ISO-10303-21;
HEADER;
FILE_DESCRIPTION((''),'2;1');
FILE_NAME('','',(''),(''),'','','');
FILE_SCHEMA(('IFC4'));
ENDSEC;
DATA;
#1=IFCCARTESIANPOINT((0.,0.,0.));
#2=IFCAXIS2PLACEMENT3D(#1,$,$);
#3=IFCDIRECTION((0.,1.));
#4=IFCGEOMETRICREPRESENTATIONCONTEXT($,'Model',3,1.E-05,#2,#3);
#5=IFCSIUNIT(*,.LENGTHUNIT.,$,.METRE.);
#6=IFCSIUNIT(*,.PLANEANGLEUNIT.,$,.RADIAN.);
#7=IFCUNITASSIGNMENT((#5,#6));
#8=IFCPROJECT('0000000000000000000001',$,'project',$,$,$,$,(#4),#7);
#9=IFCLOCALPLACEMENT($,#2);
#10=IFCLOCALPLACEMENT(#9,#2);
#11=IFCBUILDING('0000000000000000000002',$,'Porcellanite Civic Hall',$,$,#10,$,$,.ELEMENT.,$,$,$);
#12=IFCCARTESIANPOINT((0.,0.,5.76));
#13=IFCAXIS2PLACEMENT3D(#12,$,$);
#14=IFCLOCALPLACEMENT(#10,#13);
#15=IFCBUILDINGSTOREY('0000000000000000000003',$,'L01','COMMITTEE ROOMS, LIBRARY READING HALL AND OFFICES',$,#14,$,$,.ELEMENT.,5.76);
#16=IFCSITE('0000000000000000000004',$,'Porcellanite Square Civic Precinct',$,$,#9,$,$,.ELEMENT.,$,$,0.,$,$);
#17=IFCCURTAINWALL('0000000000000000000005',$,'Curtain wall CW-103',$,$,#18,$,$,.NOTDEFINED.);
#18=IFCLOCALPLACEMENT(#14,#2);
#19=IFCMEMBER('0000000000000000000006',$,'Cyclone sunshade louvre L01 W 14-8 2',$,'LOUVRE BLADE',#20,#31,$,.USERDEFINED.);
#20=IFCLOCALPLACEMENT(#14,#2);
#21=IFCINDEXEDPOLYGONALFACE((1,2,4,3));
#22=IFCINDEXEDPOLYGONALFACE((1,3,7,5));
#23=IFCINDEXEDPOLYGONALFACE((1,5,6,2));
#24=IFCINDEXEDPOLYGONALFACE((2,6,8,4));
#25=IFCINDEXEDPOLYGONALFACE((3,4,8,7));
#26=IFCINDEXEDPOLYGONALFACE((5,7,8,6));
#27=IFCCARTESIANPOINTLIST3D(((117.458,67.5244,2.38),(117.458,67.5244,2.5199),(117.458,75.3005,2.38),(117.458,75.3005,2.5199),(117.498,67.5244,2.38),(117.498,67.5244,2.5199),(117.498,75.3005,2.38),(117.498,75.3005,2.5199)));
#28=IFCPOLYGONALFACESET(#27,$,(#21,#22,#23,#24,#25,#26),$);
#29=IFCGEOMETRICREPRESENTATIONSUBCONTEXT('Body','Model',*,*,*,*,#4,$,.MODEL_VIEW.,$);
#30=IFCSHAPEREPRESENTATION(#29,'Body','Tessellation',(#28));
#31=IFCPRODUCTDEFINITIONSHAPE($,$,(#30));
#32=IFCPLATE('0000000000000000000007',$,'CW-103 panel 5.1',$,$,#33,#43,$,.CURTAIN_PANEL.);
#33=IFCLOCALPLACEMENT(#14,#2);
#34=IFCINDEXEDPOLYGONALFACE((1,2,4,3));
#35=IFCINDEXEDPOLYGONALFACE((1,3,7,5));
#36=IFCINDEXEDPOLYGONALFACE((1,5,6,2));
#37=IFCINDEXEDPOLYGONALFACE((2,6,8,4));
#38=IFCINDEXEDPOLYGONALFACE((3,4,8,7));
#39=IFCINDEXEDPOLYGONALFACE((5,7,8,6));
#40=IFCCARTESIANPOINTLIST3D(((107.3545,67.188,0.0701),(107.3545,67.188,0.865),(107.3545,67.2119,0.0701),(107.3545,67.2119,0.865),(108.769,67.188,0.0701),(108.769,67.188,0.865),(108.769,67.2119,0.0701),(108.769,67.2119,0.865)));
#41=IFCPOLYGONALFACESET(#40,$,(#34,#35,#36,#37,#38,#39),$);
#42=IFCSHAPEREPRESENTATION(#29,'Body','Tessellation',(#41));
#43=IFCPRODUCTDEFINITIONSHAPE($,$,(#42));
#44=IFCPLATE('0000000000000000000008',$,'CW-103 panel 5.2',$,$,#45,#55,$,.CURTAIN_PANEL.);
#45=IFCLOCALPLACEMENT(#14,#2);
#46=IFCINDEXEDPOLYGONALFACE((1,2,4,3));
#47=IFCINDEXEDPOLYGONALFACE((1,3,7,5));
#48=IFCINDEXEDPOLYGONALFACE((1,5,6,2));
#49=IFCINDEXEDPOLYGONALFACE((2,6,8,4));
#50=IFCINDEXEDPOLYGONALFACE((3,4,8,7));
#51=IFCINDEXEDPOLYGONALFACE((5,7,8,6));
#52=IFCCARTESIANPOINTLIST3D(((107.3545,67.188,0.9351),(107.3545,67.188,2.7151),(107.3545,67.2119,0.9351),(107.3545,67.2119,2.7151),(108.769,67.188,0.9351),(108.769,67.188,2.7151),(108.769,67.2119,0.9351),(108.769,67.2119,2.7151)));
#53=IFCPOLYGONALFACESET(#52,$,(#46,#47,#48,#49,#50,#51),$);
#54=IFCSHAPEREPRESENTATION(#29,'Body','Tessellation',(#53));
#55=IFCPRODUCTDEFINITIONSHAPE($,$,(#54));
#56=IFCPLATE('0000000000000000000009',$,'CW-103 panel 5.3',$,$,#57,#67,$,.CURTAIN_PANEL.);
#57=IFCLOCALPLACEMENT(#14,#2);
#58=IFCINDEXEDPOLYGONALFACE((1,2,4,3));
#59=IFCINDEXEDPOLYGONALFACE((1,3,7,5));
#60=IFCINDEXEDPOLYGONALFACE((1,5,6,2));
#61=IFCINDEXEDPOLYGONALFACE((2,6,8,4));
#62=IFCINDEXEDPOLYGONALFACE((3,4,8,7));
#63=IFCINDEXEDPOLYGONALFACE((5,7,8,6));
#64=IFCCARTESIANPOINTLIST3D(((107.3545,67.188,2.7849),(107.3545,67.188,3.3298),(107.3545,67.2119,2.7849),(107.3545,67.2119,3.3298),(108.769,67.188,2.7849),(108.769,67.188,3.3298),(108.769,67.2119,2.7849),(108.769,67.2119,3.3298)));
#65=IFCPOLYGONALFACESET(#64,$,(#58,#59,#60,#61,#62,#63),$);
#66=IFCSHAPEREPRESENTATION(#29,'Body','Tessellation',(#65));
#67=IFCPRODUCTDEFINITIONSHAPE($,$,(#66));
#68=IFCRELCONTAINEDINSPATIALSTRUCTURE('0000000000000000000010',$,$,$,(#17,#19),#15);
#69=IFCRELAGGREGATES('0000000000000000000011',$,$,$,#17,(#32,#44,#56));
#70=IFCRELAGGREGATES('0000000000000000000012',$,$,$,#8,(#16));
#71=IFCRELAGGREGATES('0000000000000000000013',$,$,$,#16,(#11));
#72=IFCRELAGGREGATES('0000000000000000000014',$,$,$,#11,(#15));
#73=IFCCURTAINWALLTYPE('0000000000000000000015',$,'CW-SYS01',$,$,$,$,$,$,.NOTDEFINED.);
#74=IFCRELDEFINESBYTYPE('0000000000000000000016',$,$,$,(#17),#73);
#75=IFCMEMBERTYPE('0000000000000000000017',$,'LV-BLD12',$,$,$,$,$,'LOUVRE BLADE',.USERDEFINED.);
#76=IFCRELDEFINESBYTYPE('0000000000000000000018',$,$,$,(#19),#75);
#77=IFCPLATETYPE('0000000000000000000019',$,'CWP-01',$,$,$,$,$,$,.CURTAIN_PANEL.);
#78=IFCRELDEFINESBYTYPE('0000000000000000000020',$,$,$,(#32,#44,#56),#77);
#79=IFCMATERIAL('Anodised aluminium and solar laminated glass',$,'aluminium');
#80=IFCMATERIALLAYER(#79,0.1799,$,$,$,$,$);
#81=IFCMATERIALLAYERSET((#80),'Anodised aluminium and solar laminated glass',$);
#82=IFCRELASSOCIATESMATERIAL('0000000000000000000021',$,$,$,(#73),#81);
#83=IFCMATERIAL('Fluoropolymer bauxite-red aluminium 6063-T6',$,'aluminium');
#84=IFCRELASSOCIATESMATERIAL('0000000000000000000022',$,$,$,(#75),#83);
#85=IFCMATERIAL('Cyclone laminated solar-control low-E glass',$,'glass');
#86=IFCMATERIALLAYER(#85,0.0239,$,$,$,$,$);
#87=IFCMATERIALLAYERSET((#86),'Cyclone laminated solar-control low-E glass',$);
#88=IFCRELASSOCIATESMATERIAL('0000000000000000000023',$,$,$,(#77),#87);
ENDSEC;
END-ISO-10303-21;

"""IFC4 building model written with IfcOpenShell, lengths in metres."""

from ifc_helpers import new_model, si_unit, direction, frame, origin, origin_2d, place, context, subcontext, project, spatial, rectangle, extrude, material, layer, layer_set, material_profile, profile_set, type_object, element, aggregate, save


model = new_model("IFC4")

# Units and contexts
model_context = context("Model", 3, precision=1e-05, world=origin(), true_north=direction((0.0, 1.0)))
body_context = subcontext(model_context, "Body", "Model", "MODEL_VIEW")
ifc_project = project(units=[si_unit("LENGTHUNIT", "METRE"), si_unit("PLANEANGLEUNIT", "RADIAN")], contexts=[model_context])

# Site, building, storey
site_placement = place(None, origin())
site = spatial("IfcSite", under=ifc_project, at=site_placement, Name="Porcellanite Square Civic Precinct", CompositionType="ELEMENT", RefElevation=0.0)
building_placement = place(site_placement, origin())
building = spatial("IfcBuilding", under=site, at=building_placement, Name="Porcellanite Civic Hall", CompositionType="ELEMENT")
storey_placement = place(building_placement, frame((0.0, 0.0, 5.76)))
storey = spatial("IfcBuildingStorey", under=building, at=storey_placement, Name="L01", Description="COMMITTEE ROOMS, LIBRARY READING HALL AND OFFICES", CompositionType="ELEMENT", Elevation=5.76)

# Curtain wall
ifc_material_1 = material(Name="Anodised aluminium and solar laminated glass", Category="aluminium")
ifc_layer_1 = layer(ifc_material_1, 0.1799)
ifc_layer_set_1 = layer_set([ifc_layer_1], Name="Anodised aluminium and solar laminated glass")
curtain_wall_type = type_object("IfcCurtainWallType", Name="CW-SYS01", PredefinedType="NOTDEFINED", material=ifc_layer_set_1)
curtain_wall_1_placement = place(storey_placement, origin())
curtain_wall_1 = element("IfcCurtainWall", 1, at=curtain_wall_1_placement, inside=storey, type_object=curtain_wall_type, Name="Curtain wall CW-103", PredefinedType="NOTDEFINED")

# Member
ifc_material_2 = material(Name="Fluoropolymer bauxite-red aluminium 6063-T6", Category="aluminium")
ifc_material_profile_1 = material_profile(ifc_material_2, rectangle(XDim=0.04, YDim=0.1399, at=origin_2d()), Name="AL-40x140")
ifc_profile_set_1 = profile_set([ifc_material_profile_1], Name="Fluoropolymer bauxite-red aluminium 6063-T6")
member_type_1 = type_object("IfcMemberType", Name="LV-BLD12", ElementType="LOUVRE BLADE", PredefinedType="USERDEFINED", material=ifc_profile_set_1)
for number, where, z_axis, x_axis, name in (
    (2, (117.478, 67.5244, 2.45), (0.0, 1.0, 0.0), (-1.0, 0.0, 0.0), "Cyclone sunshade louvre L01 W 14-8 2"),
):
    element("IfcMember", number, at=place(storey_placement, frame(where, z_axis=z_axis, x_axis=x_axis)), inside=storey, type_object=member_type_1, Name=name, ObjectType="LOUVRE BLADE", PredefinedType="USERDEFINED", context=body_context, shape_type="SweptSolid", body=[
        extrude(rectangle(XDim=0.04, YDim=0.1399, at=origin_2d()), origin(), (0.0, 0.0, 1.0), 7.7761),
    ])

# Plates
ifc_material_3 = material(Name="Cyclone laminated solar-control low-E glass", Category="glass")
ifc_layer_2 = layer(ifc_material_3, 0.0239)
ifc_layer_set_2 = layer_set([ifc_layer_2], Name="Cyclone laminated solar-control low-E glass")
plate_type = type_object("IfcPlateType", Name="CWP-01", PredefinedType="CURTAIN_PANEL", material=ifc_layer_set_2)
plate_1_placement = place(storey_placement, frame((108.0618, 67.2, 0.0701), z_axis=(0.0, 0.0, 1.0), x_axis=(1.0, 0.0, 0.0)))
plate_1 = element("IfcPlate", 3, at=plate_1_placement, type_object=plate_type, Name="CW-103 panel 5.1", PredefinedType="CURTAIN_PANEL", context=body_context, shape_type="SweptSolid", body=[
    extrude(rectangle(XDim=1.4146, YDim=0.0239, at=origin_2d()), origin(), (0.0, 0.0, 1.0), 0.7949),
])
plate_2_placement = place(storey_placement, frame((108.0618, 67.2, 0.9351), z_axis=(0.0, 0.0, 1.0), x_axis=(1.0, 0.0, 0.0)))
plate_2 = element("IfcPlate", 4, at=plate_2_placement, type_object=plate_type, Name="CW-103 panel 5.2", PredefinedType="CURTAIN_PANEL", context=body_context, shape_type="SweptSolid", body=[
    extrude(rectangle(XDim=1.4146, YDim=0.0239, at=origin_2d()), origin(), (0.0, 0.0, 1.0), 1.78),
])
plate_3_placement = place(storey_placement, frame((108.0618, 67.2, 2.7849), z_axis=(0.0, 0.0, 1.0), x_axis=(1.0, 0.0, 0.0)))
plate_3 = element("IfcPlate", 5, at=plate_3_placement, type_object=plate_type, Name="CW-103 panel 5.3", PredefinedType="CURTAIN_PANEL", context=body_context, shape_type="SweptSolid", body=[
    extrude(rectangle(XDim=1.4146, YDim=0.0239, at=origin_2d()), origin(), (0.0, 0.0, 1.0), 0.5449),
])
aggregate(curtain_wall_1, [plate_1, plate_2, plate_3])

save(model, "model.ifc")
